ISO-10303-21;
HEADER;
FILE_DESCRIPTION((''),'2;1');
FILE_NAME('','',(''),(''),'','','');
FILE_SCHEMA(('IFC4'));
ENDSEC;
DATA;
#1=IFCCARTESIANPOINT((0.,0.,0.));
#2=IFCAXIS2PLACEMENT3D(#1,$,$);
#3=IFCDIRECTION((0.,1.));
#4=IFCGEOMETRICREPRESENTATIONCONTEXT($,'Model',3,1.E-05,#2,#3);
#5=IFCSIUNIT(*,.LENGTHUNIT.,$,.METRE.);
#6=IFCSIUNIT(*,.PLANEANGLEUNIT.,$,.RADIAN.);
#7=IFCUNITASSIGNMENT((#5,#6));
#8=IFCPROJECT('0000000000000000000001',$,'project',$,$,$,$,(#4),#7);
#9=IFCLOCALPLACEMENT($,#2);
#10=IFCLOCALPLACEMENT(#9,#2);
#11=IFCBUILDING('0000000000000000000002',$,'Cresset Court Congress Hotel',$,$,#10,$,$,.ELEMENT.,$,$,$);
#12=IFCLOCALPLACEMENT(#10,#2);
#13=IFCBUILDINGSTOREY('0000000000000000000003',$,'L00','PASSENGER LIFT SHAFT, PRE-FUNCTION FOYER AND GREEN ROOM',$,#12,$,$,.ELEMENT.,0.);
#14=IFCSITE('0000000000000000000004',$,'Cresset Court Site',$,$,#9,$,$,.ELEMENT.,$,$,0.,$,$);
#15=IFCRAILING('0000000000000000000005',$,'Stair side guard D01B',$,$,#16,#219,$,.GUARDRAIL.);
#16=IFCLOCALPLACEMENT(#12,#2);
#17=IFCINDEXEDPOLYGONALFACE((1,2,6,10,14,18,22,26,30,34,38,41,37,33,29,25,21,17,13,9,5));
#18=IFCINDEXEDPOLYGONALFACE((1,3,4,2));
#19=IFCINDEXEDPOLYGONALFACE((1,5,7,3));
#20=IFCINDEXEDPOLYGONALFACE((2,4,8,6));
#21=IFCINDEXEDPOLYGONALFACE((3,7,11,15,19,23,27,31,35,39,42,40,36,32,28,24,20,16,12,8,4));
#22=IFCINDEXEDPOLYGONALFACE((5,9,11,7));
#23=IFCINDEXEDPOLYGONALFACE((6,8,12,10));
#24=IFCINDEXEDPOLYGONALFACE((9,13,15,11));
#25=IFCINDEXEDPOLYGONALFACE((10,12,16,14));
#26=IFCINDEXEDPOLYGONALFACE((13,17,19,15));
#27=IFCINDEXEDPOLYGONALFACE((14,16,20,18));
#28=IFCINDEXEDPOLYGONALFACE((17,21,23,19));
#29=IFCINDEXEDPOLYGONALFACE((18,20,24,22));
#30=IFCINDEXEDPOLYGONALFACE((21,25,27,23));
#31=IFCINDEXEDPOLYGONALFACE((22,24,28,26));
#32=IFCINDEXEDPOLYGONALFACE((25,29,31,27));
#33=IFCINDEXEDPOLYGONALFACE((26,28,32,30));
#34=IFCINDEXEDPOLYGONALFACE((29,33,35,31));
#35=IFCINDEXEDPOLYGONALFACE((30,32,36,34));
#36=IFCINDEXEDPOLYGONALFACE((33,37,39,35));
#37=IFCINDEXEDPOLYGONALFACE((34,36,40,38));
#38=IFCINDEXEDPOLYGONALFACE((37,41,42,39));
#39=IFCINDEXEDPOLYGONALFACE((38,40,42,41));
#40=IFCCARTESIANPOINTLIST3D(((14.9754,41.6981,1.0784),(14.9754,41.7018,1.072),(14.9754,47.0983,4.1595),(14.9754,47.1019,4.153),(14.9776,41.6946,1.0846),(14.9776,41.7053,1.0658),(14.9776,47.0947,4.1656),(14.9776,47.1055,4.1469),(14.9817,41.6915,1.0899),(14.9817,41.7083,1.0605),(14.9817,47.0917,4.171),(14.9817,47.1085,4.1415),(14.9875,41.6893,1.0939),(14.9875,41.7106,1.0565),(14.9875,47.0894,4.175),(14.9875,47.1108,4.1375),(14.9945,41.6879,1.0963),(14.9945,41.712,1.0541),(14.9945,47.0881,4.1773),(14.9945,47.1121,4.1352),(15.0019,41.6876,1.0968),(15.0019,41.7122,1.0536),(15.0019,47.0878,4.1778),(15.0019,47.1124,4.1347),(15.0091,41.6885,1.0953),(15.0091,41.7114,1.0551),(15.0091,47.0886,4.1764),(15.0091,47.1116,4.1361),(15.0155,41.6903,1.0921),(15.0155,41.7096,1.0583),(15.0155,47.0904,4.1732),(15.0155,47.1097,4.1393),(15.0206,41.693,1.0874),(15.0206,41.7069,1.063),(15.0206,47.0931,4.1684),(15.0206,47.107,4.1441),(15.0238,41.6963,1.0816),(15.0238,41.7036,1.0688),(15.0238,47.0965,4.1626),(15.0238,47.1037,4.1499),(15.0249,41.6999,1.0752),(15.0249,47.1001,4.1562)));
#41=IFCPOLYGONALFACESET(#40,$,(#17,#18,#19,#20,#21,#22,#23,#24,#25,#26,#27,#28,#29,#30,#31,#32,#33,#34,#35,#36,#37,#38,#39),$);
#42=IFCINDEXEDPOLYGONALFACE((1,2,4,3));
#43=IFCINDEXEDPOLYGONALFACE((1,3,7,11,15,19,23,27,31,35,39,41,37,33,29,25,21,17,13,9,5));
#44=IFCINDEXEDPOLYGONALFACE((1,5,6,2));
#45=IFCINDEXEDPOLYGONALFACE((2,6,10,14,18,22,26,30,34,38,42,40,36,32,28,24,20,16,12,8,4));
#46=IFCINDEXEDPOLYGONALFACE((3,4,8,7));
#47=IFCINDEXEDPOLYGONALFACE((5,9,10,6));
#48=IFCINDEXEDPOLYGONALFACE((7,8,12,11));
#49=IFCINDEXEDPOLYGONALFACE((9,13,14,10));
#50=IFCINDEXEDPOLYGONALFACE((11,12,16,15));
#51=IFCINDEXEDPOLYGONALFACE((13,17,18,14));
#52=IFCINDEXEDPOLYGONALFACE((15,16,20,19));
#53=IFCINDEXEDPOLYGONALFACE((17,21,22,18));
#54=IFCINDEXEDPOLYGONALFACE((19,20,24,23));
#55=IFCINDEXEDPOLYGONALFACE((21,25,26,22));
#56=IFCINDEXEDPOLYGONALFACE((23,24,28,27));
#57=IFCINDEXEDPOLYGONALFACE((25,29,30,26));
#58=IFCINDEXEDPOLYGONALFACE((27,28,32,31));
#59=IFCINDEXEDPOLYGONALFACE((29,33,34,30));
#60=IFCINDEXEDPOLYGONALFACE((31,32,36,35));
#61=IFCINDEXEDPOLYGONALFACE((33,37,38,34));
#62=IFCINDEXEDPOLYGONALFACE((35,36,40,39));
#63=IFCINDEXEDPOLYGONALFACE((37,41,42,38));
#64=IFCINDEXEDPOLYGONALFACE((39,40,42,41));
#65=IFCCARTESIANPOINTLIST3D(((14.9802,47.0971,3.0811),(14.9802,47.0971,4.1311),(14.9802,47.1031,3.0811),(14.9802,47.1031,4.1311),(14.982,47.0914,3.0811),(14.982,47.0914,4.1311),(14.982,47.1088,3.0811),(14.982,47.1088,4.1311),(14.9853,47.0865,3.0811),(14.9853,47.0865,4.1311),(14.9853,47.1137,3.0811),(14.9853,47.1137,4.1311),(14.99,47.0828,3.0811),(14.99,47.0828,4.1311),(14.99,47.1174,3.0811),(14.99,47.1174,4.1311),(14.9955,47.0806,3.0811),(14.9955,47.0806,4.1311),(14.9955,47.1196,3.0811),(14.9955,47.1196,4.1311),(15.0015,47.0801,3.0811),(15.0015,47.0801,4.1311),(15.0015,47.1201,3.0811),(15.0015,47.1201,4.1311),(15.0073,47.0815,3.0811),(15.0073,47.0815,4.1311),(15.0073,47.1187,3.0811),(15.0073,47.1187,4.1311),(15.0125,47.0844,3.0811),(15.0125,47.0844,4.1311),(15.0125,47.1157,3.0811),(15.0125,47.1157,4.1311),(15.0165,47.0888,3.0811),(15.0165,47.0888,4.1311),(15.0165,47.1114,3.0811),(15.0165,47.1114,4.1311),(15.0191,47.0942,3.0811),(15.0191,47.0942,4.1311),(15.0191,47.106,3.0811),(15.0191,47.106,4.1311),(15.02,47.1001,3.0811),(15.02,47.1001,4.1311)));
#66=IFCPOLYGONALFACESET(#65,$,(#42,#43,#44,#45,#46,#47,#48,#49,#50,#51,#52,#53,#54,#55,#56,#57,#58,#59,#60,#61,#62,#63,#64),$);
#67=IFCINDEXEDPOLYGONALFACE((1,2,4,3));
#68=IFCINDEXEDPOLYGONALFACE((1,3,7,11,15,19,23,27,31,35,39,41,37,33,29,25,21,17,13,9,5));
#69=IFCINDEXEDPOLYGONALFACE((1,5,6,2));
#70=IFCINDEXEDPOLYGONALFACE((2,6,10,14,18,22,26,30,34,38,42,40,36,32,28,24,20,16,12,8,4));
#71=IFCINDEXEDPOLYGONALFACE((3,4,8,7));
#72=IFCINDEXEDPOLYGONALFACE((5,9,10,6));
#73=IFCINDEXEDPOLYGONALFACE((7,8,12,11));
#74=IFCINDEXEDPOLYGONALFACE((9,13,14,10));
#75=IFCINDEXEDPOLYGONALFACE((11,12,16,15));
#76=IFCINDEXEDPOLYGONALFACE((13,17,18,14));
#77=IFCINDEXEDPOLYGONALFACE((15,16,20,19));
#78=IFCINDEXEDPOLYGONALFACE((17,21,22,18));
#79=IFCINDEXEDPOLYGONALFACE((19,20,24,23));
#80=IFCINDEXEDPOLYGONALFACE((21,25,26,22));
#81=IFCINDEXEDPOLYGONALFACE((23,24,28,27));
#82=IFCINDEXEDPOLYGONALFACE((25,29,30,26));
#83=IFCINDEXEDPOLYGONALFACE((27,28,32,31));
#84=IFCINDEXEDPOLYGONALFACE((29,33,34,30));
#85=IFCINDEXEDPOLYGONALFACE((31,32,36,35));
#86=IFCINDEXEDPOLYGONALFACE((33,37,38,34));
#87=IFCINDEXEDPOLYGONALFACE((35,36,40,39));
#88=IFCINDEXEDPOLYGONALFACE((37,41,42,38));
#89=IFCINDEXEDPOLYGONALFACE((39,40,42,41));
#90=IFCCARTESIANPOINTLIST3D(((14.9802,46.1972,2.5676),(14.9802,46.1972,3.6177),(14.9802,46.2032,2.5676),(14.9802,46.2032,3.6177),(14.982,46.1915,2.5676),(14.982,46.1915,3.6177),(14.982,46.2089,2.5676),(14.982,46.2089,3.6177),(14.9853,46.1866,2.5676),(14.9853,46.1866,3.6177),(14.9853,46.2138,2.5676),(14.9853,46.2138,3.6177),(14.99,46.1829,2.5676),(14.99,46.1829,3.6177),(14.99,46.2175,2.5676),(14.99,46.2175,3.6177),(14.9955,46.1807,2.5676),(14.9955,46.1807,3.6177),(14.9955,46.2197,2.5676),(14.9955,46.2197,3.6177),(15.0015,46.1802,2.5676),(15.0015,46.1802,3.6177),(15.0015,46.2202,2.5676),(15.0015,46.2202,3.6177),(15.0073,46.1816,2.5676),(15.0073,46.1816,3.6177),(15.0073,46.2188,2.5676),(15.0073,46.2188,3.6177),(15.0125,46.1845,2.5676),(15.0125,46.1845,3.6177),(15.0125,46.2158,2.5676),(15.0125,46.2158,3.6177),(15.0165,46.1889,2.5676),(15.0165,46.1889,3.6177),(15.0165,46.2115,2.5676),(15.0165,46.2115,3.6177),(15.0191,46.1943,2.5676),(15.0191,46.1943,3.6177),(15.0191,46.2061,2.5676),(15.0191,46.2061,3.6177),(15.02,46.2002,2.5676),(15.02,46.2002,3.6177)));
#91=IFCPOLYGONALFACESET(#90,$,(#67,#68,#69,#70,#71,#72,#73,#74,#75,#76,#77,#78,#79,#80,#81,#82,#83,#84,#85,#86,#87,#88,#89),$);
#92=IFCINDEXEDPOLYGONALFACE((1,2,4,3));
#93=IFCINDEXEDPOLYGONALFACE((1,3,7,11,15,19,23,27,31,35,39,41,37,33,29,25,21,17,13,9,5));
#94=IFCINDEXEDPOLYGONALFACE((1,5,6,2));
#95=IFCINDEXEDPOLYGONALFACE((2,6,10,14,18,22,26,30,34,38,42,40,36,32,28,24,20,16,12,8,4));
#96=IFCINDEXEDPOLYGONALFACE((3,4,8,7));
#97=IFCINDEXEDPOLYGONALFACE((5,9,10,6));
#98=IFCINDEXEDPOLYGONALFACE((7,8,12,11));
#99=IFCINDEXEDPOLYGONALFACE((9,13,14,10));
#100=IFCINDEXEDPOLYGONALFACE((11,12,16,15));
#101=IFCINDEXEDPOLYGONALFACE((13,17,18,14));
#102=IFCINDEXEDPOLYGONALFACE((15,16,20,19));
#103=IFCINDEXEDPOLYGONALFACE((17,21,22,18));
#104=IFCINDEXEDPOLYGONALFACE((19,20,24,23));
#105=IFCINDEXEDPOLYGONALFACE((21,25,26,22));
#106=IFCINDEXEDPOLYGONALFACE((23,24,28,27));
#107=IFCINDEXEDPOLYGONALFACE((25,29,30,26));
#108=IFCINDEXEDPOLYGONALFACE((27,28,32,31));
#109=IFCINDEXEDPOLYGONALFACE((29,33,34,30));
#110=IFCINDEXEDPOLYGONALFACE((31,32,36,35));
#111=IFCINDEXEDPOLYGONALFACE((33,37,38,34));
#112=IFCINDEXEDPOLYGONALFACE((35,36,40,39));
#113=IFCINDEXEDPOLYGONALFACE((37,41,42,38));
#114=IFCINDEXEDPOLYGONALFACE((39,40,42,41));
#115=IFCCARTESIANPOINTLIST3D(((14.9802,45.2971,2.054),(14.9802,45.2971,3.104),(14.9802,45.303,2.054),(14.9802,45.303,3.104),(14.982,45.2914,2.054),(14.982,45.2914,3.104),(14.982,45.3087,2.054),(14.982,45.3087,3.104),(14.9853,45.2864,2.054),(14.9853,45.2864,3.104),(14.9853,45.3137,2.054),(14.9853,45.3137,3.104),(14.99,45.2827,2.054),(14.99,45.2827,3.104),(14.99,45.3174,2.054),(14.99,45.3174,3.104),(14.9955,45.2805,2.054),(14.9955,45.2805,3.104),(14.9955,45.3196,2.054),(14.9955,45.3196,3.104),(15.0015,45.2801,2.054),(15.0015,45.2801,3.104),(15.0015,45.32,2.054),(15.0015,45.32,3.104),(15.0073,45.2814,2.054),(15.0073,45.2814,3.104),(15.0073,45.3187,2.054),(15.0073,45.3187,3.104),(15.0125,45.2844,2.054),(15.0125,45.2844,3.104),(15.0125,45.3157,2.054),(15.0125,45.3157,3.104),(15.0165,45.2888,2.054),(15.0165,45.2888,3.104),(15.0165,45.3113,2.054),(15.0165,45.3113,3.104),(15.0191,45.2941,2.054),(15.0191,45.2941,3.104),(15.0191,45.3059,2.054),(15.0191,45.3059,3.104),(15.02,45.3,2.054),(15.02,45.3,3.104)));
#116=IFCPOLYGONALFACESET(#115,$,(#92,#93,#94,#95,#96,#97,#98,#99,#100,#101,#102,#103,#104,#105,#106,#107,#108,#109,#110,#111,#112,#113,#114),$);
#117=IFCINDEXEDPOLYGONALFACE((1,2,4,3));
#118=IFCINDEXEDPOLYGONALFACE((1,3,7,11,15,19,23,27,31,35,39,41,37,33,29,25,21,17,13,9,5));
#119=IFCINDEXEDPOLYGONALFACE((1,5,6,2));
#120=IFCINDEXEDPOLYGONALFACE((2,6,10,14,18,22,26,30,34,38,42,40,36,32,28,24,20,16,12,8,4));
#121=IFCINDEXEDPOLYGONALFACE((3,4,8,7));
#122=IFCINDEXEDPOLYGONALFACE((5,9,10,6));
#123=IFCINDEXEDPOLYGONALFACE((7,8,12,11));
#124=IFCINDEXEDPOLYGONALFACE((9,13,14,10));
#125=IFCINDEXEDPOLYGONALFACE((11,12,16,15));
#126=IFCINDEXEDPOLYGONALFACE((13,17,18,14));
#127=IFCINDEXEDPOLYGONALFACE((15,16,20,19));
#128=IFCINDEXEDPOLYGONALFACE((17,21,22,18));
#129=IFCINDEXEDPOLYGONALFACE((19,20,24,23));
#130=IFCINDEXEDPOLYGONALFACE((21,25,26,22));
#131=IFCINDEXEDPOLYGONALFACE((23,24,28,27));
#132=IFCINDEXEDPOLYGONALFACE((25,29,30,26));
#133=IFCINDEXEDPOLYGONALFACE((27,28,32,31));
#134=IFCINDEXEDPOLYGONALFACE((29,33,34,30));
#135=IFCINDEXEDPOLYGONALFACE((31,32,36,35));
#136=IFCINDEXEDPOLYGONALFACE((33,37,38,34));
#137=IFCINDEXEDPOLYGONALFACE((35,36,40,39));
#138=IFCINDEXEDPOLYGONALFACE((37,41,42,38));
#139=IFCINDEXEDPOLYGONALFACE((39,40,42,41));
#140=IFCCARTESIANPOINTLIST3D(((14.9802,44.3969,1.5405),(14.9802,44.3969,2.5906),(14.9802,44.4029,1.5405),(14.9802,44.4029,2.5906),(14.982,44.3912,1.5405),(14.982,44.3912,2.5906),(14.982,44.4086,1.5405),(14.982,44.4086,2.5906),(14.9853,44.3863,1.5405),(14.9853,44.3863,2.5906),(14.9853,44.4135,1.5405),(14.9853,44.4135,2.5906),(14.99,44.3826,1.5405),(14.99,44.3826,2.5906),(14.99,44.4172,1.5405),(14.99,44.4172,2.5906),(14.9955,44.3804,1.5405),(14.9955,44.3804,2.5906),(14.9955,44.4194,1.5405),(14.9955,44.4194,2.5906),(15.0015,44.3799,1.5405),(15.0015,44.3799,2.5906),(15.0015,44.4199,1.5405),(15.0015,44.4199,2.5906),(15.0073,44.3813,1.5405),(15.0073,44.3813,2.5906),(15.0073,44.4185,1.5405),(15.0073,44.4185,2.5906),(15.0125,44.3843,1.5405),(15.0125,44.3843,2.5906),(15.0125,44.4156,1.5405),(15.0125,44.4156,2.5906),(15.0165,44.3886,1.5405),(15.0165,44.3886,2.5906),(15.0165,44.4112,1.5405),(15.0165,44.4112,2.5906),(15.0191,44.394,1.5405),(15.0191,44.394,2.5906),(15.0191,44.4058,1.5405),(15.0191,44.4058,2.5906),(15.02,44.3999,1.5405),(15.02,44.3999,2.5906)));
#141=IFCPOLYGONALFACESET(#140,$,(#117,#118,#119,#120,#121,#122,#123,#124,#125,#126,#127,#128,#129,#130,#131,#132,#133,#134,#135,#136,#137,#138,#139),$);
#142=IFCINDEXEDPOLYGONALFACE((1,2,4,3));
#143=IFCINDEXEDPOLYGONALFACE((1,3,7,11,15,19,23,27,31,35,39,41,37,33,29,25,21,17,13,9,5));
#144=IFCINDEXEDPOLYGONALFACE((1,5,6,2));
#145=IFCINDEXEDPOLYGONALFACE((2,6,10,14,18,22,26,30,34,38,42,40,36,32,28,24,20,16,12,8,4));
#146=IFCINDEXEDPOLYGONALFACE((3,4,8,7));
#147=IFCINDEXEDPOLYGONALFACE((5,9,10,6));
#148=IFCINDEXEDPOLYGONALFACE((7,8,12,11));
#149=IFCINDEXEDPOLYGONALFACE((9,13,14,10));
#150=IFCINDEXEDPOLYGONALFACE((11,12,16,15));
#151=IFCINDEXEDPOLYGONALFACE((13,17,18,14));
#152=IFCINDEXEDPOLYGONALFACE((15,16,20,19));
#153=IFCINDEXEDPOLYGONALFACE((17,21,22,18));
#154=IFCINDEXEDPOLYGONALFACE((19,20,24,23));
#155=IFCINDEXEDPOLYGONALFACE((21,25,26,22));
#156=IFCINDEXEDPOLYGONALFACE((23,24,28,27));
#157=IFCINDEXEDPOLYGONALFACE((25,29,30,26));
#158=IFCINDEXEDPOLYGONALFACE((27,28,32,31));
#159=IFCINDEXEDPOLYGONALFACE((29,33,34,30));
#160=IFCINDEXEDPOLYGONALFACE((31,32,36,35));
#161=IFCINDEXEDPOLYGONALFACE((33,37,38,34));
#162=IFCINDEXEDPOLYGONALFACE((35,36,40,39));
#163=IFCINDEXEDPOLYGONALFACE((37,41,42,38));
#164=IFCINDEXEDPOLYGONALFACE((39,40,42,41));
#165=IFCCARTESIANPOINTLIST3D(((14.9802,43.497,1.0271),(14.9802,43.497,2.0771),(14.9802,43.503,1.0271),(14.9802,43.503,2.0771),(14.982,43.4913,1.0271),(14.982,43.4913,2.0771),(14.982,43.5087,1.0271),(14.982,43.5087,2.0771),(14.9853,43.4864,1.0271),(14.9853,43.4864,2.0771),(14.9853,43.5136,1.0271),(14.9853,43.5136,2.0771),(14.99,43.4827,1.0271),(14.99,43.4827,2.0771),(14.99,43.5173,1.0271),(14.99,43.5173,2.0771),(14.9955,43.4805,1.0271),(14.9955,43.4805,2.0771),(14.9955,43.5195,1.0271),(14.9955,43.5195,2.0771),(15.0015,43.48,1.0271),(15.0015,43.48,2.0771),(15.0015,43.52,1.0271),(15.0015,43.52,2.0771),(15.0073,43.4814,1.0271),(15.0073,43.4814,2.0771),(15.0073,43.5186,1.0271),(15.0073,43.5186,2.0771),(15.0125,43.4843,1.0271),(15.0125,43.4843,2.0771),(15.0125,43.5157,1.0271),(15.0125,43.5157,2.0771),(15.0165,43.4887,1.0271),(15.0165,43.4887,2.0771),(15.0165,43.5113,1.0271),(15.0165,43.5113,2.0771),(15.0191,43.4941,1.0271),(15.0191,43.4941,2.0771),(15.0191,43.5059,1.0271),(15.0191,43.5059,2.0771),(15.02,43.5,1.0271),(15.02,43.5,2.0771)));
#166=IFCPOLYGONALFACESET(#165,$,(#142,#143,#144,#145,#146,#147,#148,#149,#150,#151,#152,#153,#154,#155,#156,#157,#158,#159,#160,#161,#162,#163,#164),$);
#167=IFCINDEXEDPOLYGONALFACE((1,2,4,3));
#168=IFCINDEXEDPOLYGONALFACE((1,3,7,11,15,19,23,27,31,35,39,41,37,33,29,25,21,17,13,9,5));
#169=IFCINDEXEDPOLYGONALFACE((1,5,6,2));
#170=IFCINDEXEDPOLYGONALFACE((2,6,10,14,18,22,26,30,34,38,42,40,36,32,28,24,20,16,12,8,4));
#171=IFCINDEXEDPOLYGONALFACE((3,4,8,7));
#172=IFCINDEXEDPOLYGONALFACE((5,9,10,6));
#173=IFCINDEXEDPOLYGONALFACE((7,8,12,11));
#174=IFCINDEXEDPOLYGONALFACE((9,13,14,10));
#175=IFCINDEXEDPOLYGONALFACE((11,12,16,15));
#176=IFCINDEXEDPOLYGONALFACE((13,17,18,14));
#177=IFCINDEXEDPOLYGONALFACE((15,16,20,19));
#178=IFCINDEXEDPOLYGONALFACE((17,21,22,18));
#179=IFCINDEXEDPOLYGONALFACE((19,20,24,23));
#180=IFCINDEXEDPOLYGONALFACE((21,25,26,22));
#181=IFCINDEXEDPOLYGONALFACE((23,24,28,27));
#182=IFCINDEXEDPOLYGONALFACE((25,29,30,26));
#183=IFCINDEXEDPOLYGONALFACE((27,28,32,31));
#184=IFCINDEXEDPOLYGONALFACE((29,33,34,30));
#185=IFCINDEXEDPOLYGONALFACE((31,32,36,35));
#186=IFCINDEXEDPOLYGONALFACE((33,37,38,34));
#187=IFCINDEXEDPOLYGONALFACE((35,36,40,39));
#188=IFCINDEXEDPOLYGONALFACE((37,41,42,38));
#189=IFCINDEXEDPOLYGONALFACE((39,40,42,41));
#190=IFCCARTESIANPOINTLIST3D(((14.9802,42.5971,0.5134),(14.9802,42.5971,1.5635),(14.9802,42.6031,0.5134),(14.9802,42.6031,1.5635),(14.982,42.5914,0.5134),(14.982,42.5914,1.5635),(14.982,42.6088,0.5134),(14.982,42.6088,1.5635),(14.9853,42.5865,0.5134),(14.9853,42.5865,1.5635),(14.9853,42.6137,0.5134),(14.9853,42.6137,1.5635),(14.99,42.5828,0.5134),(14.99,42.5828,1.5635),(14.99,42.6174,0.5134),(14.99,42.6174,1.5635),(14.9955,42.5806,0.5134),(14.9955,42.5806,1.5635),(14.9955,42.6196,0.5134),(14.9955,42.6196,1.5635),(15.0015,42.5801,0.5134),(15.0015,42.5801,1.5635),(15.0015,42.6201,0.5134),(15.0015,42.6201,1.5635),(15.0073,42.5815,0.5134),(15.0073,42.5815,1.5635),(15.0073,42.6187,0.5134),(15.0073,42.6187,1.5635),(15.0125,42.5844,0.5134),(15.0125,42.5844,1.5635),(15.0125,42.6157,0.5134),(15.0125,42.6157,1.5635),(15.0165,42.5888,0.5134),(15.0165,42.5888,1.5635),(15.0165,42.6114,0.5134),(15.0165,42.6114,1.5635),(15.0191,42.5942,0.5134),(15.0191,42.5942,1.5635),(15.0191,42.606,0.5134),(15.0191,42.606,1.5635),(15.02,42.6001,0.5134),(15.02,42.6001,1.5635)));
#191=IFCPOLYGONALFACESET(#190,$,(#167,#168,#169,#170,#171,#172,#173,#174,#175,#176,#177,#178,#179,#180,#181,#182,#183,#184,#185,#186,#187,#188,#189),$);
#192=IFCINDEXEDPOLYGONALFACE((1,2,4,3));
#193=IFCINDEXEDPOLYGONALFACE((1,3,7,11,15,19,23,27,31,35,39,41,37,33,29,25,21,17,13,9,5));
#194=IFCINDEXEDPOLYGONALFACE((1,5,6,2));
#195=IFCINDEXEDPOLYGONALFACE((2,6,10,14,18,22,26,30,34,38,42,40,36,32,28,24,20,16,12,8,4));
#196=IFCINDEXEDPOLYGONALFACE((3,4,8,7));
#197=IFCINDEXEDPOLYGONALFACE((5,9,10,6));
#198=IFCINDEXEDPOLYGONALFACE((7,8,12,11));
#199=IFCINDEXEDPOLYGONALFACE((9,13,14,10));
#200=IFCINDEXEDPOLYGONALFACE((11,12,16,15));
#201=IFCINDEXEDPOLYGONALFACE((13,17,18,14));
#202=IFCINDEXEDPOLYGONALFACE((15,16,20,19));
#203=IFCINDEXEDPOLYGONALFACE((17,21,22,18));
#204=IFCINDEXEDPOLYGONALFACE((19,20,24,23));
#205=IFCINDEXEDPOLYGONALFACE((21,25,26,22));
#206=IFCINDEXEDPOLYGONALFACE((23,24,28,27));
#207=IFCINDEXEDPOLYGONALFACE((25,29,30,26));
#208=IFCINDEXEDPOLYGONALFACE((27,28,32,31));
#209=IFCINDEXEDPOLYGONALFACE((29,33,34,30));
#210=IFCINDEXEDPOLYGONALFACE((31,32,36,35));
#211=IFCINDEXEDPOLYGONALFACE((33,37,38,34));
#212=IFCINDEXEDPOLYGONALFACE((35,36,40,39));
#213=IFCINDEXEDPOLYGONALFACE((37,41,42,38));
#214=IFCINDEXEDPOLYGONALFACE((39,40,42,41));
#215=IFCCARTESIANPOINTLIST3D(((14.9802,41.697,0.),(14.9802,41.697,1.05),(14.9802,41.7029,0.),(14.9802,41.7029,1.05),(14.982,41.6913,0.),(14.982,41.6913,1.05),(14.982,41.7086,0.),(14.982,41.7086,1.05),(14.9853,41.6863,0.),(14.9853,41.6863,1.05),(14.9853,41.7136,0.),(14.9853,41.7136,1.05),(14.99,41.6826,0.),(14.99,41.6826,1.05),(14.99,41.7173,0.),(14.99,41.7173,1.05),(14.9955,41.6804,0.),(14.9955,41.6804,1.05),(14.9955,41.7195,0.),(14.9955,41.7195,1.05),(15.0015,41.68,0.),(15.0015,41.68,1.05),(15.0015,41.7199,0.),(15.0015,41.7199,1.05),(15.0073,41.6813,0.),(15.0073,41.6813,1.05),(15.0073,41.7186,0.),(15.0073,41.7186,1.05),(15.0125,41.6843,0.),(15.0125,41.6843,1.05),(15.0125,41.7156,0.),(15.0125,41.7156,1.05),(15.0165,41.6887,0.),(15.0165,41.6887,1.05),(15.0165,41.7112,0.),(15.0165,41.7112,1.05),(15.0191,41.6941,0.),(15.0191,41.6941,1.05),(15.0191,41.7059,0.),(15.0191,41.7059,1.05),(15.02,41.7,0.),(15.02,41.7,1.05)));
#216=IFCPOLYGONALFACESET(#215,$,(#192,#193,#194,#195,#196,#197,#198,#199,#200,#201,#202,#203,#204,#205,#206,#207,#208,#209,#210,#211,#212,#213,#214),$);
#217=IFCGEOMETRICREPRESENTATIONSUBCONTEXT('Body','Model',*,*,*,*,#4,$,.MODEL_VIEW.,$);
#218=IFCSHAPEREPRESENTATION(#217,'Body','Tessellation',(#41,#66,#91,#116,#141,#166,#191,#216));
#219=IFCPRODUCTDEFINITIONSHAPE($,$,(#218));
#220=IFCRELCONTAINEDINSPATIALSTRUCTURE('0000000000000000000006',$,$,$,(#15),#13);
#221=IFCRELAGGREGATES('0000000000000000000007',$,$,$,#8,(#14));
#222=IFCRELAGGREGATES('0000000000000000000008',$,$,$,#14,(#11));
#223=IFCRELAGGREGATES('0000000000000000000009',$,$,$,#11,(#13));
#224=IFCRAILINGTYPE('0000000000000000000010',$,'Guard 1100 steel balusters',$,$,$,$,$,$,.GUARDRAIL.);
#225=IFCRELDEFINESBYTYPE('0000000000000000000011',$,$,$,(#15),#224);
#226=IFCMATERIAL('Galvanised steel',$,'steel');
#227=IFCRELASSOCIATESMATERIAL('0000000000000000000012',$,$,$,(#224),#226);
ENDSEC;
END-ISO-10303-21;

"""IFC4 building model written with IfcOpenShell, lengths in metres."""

from ifc_helpers import new_model, si_unit, direction, frame, origin, origin_2d, place, context, subcontext, project, spatial, circle, extrude, material, type_object, element, save


model = new_model("IFC4")

# Units and contexts
model_context = context("Model", 3, precision=1e-05, world=origin(), true_north=direction((0.0, 1.0)))
body_context = subcontext(model_context, "Body", "Model", "MODEL_VIEW")
ifc_project = project(units=[si_unit("LENGTHUNIT", "METRE"), si_unit("PLANEANGLEUNIT", "RADIAN")], contexts=[model_context])

# Site, building, storey
site_placement = place(None, origin())
site = spatial("IfcSite", under=ifc_project, at=site_placement, Name="Cresset Court Site", CompositionType="ELEMENT", RefElevation=0.0)
building_placement = place(site_placement, origin())
building = spatial("IfcBuilding", under=site, at=building_placement, Name="Cresset Court Congress Hotel", CompositionType="ELEMENT")
storey_placement = place(building_placement, origin())
storey = spatial("IfcBuildingStorey", under=building, at=storey_placement, Name="L00", Description="PASSENGER LIFT SHAFT, PRE-FUNCTION FOYER AND GREEN ROOM", CompositionType="ELEMENT", Elevation=0.0)

# Railing
ifc_material_1 = material(Name="Galvanised steel", Category="steel")
railing_type_1 = type_object("IfcRailingType", Name="Guard 1100 steel balusters", PredefinedType="GUARDRAIL", material=ifc_material_1)
railing_1_placement = place(storey_placement, frame((15.0, 47.1001, 3.0811)))
element("IfcRailing", 1, at=railing_1_placement, inside=storey, type_object=railing_type_1, Name="Stair side guard D01B", PredefinedType="GUARDRAIL", context=body_context, shape_type="SweptSolid", body=[
    extrude(circle(Radius=0.0249, at=origin_2d()), frame((0.0, 0.0, 1.0752), z_axis=(0.0, -0.868572, -0.495564), x_axis=(1.0, 0.0, 0.0)), (0.0, 0.0, 1.0), 6.2173),
    extrude(circle(Radius=0.02, at=origin_2d()), origin(), (0.0, 0.0, 1.0), 1.05),
    extrude(circle(Radius=0.02, at=origin_2d()), frame((0.0, -0.8999, -0.5134)), (0.0, 0.0, 1.0), 1.05),
    extrude(circle(Radius=0.02, at=origin_2d()), frame((0.0, -1.8, -1.0271)), (0.0, 0.0, 1.0), 1.05),
    extrude(circle(Radius=0.02, at=origin_2d()), frame((0.0, -2.7002, -1.5405)), (0.0, 0.0, 1.0), 1.05),
    extrude(circle(Radius=0.02, at=origin_2d()), frame((0.0, -3.6001, -2.054)), (0.0, 0.0, 1.0), 1.05),
    extrude(circle(Radius=0.02, at=origin_2d()), frame((0.0, -4.5, -2.5676)), (0.0, 0.0, 1.0), 1.05),
    extrude(circle(Radius=0.02, at=origin_2d()), frame((0.0, -5.4001, -3.0811)), (0.0, 0.0, 1.0), 1.05),
])

save(model, "model.ifc")
